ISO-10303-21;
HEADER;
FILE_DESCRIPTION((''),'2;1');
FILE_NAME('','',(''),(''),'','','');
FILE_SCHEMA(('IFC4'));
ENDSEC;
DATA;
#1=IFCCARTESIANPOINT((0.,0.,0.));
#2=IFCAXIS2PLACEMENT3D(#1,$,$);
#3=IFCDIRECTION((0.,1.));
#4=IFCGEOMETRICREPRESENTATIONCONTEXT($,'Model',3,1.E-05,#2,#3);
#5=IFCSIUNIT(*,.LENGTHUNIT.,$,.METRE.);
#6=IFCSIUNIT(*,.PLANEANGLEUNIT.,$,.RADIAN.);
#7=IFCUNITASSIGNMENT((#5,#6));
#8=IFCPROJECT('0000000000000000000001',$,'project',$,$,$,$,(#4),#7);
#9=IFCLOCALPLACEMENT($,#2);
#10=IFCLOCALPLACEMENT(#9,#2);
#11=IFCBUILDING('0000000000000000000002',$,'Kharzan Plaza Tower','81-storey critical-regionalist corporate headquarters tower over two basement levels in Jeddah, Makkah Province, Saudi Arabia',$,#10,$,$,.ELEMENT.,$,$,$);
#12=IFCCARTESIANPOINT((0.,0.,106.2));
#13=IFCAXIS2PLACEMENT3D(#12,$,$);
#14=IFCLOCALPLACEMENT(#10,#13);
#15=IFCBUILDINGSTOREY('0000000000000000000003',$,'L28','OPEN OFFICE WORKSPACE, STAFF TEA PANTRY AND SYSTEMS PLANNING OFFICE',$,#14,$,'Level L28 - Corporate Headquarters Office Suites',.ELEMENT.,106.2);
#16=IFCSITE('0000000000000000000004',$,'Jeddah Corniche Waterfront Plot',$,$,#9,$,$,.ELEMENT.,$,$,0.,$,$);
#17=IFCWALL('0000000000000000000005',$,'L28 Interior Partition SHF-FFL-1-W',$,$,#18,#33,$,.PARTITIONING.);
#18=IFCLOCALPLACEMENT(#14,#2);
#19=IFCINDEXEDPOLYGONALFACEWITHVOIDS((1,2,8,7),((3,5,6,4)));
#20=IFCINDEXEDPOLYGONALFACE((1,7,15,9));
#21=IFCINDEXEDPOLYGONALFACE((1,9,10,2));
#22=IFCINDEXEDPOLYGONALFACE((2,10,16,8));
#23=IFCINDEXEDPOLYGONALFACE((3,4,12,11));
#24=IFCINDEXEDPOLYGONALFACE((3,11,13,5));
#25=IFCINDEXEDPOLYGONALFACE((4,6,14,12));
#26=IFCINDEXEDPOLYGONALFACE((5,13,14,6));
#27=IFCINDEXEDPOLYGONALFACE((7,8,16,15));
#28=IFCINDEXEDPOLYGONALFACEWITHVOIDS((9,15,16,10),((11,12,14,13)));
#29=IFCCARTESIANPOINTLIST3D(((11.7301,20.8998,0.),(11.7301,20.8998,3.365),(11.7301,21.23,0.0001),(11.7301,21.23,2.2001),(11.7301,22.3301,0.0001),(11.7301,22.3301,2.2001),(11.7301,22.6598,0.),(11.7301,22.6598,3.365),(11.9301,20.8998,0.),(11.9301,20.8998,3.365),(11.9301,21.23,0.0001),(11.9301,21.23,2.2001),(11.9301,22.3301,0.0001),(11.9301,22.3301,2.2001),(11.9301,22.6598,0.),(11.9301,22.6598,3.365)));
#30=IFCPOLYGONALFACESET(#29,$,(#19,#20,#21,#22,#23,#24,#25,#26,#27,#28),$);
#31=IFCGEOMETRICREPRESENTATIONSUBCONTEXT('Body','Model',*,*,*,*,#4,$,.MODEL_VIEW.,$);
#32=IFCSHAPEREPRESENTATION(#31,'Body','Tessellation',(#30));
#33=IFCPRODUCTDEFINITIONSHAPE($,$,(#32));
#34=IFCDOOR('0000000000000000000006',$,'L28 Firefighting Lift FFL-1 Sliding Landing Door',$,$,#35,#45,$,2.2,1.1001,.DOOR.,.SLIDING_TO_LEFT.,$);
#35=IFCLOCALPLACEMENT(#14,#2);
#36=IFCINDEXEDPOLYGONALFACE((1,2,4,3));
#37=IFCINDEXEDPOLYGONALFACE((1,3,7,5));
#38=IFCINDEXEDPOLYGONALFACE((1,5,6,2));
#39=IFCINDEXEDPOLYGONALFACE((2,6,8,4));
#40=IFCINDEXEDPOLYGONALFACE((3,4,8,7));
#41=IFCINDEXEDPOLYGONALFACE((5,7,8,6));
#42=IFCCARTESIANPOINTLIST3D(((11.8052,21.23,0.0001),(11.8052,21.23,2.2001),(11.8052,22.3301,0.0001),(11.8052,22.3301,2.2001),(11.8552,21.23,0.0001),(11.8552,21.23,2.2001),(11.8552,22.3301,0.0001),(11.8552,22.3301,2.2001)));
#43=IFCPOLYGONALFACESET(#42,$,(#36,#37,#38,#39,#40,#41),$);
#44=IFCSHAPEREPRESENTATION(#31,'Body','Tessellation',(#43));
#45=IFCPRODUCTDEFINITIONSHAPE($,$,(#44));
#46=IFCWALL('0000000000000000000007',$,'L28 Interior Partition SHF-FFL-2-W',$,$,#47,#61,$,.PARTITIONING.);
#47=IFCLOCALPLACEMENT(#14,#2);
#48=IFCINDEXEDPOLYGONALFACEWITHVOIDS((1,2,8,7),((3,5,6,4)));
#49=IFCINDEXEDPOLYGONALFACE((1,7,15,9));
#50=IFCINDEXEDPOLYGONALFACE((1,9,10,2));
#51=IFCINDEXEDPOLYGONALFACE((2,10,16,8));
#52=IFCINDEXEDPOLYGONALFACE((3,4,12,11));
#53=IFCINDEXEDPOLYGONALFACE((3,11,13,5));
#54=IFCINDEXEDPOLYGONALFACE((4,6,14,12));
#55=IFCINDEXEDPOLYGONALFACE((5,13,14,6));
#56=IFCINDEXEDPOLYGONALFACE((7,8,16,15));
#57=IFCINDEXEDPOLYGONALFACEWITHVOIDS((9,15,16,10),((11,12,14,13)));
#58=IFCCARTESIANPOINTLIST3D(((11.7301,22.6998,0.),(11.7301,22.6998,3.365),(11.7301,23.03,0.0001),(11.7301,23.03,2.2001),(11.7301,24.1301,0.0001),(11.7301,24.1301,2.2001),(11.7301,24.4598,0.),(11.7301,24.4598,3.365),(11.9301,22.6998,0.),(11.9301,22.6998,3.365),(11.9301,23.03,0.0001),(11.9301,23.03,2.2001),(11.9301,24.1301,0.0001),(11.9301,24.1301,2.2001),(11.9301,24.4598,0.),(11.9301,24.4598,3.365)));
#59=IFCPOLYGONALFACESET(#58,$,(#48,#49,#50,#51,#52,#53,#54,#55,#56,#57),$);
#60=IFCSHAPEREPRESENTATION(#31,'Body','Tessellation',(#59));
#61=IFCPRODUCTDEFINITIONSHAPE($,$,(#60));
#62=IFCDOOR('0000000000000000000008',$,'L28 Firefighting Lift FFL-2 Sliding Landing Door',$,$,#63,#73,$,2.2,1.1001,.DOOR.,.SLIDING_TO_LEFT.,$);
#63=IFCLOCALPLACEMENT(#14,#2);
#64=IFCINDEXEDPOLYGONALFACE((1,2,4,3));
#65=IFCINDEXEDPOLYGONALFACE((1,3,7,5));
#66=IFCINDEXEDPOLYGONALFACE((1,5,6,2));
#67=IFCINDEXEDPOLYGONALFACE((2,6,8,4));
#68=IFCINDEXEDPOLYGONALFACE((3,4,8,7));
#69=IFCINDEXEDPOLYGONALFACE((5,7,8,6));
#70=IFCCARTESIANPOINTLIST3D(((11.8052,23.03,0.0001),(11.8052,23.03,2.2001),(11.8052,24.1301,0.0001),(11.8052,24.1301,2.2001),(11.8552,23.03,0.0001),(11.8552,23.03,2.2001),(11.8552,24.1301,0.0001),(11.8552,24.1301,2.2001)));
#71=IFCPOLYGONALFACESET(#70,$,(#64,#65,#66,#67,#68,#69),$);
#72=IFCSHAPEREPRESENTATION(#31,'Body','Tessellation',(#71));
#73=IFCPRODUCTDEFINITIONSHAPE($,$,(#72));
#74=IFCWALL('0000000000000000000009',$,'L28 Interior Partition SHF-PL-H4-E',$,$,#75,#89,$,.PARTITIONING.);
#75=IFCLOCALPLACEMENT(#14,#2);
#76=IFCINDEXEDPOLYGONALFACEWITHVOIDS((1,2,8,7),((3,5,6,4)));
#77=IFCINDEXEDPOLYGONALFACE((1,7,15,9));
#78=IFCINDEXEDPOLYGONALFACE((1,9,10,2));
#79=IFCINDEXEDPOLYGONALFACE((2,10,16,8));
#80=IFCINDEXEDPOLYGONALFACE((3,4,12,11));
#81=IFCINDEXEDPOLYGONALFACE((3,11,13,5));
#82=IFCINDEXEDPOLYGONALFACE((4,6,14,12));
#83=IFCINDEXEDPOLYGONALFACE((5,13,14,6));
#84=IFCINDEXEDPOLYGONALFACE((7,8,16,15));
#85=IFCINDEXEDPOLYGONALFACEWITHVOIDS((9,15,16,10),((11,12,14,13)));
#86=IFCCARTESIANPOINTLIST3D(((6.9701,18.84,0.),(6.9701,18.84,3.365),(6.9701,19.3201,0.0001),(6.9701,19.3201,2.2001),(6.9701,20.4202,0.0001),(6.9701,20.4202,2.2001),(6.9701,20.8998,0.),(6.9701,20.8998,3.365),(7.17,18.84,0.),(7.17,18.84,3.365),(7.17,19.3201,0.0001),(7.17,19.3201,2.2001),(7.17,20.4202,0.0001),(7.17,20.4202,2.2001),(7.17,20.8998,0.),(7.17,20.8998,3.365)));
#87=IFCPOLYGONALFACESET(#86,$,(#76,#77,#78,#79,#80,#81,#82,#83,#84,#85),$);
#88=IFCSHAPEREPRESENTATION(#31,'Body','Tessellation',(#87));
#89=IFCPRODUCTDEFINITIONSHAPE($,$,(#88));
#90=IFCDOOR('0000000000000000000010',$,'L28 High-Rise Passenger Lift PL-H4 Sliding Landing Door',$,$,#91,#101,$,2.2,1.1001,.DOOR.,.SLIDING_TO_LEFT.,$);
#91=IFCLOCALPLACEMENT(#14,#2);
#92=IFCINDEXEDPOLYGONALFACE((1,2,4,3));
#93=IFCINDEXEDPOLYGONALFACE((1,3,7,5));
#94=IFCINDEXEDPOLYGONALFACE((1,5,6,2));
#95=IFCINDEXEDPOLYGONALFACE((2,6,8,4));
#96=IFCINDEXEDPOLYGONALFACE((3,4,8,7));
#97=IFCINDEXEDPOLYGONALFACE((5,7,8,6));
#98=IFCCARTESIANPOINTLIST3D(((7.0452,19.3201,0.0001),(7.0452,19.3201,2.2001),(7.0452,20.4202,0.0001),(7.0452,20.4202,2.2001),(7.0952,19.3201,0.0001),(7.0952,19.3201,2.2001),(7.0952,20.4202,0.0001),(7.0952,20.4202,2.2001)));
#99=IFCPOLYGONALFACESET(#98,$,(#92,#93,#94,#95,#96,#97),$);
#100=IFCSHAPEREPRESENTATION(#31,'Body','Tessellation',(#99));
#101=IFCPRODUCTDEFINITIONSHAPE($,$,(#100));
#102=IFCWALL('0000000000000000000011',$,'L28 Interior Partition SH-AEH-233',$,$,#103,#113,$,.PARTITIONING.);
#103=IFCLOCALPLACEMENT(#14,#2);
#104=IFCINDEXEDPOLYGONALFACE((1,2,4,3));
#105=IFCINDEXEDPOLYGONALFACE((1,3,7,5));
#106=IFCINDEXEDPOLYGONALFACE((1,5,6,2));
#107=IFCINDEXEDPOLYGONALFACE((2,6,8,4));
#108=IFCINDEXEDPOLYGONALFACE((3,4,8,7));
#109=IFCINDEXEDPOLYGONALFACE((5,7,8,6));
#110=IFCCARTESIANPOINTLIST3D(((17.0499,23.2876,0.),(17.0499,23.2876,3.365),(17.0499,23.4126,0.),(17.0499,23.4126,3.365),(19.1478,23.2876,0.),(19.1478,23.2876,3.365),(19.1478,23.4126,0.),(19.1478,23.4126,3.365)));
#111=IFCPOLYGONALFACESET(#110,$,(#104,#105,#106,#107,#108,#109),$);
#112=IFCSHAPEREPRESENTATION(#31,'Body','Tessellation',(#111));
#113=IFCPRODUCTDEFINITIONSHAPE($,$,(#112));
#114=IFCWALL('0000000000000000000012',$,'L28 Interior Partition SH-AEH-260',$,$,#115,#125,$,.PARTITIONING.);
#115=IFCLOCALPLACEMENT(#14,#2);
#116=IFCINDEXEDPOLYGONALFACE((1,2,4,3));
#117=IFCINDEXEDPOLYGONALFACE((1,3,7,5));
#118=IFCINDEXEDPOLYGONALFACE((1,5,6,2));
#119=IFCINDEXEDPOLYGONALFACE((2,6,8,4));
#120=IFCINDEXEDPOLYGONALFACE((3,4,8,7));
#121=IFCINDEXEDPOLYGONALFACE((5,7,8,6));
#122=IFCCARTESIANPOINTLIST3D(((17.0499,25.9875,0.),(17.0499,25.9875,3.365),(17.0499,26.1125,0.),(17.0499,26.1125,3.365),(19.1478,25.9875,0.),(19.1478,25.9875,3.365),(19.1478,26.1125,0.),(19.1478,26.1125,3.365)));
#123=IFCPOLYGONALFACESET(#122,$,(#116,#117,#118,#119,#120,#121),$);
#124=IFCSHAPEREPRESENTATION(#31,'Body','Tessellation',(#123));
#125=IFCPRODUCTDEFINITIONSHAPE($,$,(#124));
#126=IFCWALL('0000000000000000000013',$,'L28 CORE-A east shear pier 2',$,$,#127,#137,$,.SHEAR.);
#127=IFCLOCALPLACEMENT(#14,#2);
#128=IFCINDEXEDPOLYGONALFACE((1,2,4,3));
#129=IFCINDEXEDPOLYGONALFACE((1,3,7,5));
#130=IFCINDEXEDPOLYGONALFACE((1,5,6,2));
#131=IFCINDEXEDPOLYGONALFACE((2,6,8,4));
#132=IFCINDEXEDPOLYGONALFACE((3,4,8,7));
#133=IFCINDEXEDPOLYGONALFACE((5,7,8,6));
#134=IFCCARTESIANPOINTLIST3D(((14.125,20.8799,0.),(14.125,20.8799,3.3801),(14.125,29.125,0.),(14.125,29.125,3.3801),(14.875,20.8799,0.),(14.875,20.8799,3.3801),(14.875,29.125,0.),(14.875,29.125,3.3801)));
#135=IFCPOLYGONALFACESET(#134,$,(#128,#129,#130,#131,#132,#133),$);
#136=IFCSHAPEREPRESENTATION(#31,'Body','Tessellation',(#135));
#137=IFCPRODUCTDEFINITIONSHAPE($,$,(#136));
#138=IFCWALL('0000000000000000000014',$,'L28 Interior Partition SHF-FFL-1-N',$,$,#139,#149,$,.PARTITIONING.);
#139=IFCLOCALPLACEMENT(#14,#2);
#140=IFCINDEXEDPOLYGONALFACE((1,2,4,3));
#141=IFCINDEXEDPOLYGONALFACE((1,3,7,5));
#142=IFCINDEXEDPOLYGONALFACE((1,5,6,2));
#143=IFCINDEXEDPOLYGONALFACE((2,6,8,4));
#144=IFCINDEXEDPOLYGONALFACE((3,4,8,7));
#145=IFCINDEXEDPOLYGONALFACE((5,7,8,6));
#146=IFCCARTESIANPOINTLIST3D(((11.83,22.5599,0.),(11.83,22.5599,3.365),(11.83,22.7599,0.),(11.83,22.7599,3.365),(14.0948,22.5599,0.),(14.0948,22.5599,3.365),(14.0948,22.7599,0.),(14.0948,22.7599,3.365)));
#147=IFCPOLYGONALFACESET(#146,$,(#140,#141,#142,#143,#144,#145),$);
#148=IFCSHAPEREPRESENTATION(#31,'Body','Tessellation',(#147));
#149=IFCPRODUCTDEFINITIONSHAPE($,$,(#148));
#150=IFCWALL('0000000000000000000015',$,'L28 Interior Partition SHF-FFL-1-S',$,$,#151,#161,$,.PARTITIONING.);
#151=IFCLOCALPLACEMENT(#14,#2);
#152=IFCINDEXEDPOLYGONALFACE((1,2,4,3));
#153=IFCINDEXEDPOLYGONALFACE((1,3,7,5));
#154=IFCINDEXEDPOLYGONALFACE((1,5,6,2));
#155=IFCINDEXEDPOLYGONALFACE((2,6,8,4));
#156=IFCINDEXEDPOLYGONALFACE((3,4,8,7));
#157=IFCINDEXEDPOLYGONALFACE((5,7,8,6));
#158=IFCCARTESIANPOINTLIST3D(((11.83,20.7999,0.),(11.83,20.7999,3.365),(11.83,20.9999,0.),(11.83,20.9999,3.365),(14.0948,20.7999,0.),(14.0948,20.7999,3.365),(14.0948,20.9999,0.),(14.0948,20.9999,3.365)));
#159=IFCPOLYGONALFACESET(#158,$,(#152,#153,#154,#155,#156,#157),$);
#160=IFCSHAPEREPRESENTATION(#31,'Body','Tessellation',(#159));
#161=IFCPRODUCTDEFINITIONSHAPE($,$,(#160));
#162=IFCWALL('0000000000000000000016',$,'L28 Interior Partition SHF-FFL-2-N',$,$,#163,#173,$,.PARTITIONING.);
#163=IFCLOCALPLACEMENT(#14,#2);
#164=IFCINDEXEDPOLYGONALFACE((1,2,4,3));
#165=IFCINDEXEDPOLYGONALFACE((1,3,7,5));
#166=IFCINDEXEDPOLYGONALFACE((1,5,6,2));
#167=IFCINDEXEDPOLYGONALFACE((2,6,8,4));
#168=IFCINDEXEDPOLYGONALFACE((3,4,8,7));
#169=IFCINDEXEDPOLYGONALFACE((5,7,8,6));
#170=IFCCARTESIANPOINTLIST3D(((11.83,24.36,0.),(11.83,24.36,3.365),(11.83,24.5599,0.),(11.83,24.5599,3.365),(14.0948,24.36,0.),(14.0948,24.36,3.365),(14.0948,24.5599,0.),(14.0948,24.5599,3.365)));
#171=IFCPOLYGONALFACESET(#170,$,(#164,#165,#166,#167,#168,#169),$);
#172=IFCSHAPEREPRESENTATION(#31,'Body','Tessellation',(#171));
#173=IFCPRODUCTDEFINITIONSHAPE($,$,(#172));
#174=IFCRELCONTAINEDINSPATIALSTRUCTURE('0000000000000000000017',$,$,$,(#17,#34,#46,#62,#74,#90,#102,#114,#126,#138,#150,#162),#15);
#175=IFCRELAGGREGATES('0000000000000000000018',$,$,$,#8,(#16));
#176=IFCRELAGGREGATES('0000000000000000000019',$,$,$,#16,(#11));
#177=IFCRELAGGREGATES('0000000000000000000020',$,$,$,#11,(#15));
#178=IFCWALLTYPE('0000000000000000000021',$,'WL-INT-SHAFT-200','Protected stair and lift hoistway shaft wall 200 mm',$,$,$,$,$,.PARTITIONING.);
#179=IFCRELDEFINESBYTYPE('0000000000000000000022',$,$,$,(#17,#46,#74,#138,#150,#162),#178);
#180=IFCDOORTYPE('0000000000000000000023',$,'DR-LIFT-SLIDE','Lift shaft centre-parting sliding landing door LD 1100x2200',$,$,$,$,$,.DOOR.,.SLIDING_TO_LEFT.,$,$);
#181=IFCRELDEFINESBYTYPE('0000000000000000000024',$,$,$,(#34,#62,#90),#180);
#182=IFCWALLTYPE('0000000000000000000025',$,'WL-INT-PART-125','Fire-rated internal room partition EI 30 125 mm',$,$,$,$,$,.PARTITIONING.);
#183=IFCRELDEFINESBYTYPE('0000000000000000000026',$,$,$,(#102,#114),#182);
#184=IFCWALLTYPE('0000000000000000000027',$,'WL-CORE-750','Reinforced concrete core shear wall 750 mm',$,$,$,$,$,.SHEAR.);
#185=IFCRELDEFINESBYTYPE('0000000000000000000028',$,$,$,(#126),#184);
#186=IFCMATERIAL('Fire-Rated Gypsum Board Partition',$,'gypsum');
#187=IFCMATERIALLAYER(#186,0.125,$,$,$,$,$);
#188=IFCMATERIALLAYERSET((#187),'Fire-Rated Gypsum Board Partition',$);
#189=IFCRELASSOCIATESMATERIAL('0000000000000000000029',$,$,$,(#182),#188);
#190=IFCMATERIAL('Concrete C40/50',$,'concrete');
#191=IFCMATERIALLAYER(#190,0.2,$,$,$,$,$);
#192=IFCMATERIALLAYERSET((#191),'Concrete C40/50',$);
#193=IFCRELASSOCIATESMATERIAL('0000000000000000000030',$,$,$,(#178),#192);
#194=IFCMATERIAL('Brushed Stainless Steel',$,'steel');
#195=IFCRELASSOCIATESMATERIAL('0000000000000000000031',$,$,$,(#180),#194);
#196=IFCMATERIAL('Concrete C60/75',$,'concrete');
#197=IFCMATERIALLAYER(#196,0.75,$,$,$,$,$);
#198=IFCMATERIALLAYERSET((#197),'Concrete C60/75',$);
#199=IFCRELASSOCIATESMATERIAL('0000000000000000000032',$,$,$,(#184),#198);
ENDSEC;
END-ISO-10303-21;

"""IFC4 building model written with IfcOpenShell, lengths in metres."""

from ifc_helpers import new_model, si_unit, direction, frame, frame_2d, origin, place, context, subcontext, project, spatial, rectangle, extrude, source, transform, mapped, material, layer, layer_set, type_object, element, fill, save


model = new_model("IFC4")

# Units and contexts
model_context = context("Model", 3, precision=1e-05, world=origin(), true_north=direction((0.0, 1.0)))
body_context = subcontext(model_context, "Body", "Model", "MODEL_VIEW")
ifc_project = project(units=[si_unit("LENGTHUNIT", "METRE"), si_unit("PLANEANGLEUNIT", "RADIAN")], contexts=[model_context])

# Site, building, storey
site_placement = place(None, origin())
site = spatial("IfcSite", under=ifc_project, at=site_placement, Name="Jeddah Corniche Waterfront Plot", CompositionType="ELEMENT", RefElevation=0.0)
building_placement = place(site_placement, origin())
building = spatial("IfcBuilding", under=site, at=building_placement, Name="Kharzan Plaza Tower", Description="81-storey critical-regionalist corporate headquarters tower over two basement levels in Jeddah, Makkah Province, Saudi Arabia", CompositionType="ELEMENT")
storey_placement = place(building_placement, frame((0.0, 0.0, 106.2)))
storey = spatial("IfcBuildingStorey", under=building, at=storey_placement, Name="L28", Description="OPEN OFFICE WORKSPACE, STAFF TEA PANTRY AND SYSTEMS PLANNING OFFICE", LongName="Level L28 - Corporate Headquarters Office Suites", CompositionType="ELEMENT", Elevation=106.2)

# Walls, openings, doors
ifc_material_1 = material(Name="Concrete C40/50", Category="concrete")
ifc_material_2 = material(Name="Fire-Rated Gypsum Board Partition", Category="gypsum")
ifc_layer_1 = layer(ifc_material_2, 0.125)
ifc_layer_set_1 = layer_set([ifc_layer_1], Name="Fire-Rated Gypsum Board Partition")
wall_type_1 = type_object("IfcWallType", Name="WL-INT-PART-125", Description="Fire-rated internal room partition EI 30 125 mm", PredefinedType="PARTITIONING", material=ifc_layer_set_1)
ifc_layer_2 = layer(ifc_material_1, 0.2)
ifc_layer_set_2 = layer_set([ifc_layer_2], Name="Concrete C40/50")
wall_type_2 = type_object("IfcWallType", Name="WL-INT-SHAFT-200", Description="Protected stair and lift hoistway shaft wall 200 mm", PredefinedType="PARTITIONING", material=ifc_layer_set_2)
wall_1_placement = place(storey_placement, frame((11.8301, 20.8999, 0.0), z_axis=(0.0, 0.0, 1.0), x_axis=(0.0, 1.0, 0.0)))
wall_1 = element("IfcWall", 1, at=wall_1_placement, inside=storey, type_object=wall_type_2, Name="L28 Interior Partition SHF-FFL-1-W", PredefinedType="PARTITIONING", context=body_context, shape_type="SweptSolid", body=[
    extrude(rectangle(XDim=1.76, YDim=0.2, at=frame_2d((0.8799, 0.0))), origin(), (0.0, 0.0, 1.0), 3.365),
])
opening_1_placement = place(wall_1_placement, frame((0.3301, 0.0, 0.0)))
opening_1 = element("IfcOpeningElement", 2, at=opening_1_placement, cuts=wall_1, PredefinedType="OPENING", context=body_context, shape_type="SweptSolid", body=[
    extrude(rectangle(XDim=1.1001, YDim=2.2, at=frame_2d((0.55, 1.1001))), frame((0.0, 0.1099, 0.0), z_axis=(0.0, -1.0, 0.0), x_axis=(1.0, 0.0, 0.0)), (0.0, 0.0, 1.0), 0.22),
])
ifc_material_3 = material(Name="Brushed Stainless Steel", Category="steel")
door_type_1 = type_object("IfcDoorType", Name="DR-LIFT-SLIDE", Description="Lift shaft centre-parting sliding landing door LD 1100x2200", OperationType="SLIDING_TO_LEFT", PredefinedType="DOOR", material=ifc_material_3)
shared_shape_1 = source(origin(), body_context, "Body", "SweptSolid", [
    extrude(rectangle(XDim=1.1001, YDim=2.2, at=frame_2d((0.55, 1.1001))), frame((0.0, 0.0249, 0.0), z_axis=(0.0, -1.0, 0.0), x_axis=(1.0, 0.0, 0.0)), (0.0, 0.0, 1.0), 0.05),
])
door_1_placement = place(opening_1_placement, origin())
door_1 = element("IfcDoor", 3, at=door_1_placement, inside=storey, type_object=door_type_1, Name="L28 Firefighting Lift FFL-1 Sliding Landing Door", OperationType="SLIDING_TO_LEFT", OverallHeight=2.2, OverallWidth=1.1001, PredefinedType="DOOR", context=body_context, shape_type="MappedRepresentation", body=[
    mapped(shared_shape_1, transform((0.0, 0.0, 0.0), x_axis=(1.0, 0.0, 0.0), y_axis=(0.0, 1.0, 0.0), z_axis=(0.0, 0.0, 1.0))),
])
fill(opening_1, door_1)
wall_2_placement = place(storey_placement, frame((11.8301, 22.7, 0.0), z_axis=(0.0, 0.0, 1.0), x_axis=(0.0, 1.0, 0.0)))
wall_2 = element("IfcWall", 4, at=wall_2_placement, inside=storey, type_object=wall_type_2, Name="L28 Interior Partition SHF-FFL-2-W", PredefinedType="PARTITIONING", context=body_context, shape_type="SweptSolid", body=[
    extrude(rectangle(XDim=1.76, YDim=0.2, at=frame_2d((0.8799, 0.0))), origin(), (0.0, 0.0, 1.0), 3.365),
])
opening_2_placement = place(wall_2_placement, frame((0.3301, 0.0, 0.0)))
opening_2 = element("IfcOpeningElement", 5, at=opening_2_placement, cuts=wall_2, PredefinedType="OPENING", context=body_context, shape_type="SweptSolid", body=[
    extrude(rectangle(XDim=1.1001, YDim=2.2, at=frame_2d((0.55, 1.1001))), frame((0.0, 0.1099, 0.0), z_axis=(0.0, -1.0, 0.0), x_axis=(1.0, 0.0, 0.0)), (0.0, 0.0, 1.0), 0.22),
])
door_2_placement = place(opening_2_placement, origin())
door_2 = element("IfcDoor", 6, at=door_2_placement, inside=storey, type_object=door_type_1, Name="L28 Firefighting Lift FFL-2 Sliding Landing Door", OperationType="SLIDING_TO_LEFT", OverallHeight=2.2, OverallWidth=1.1001, PredefinedType="DOOR", context=body_context, shape_type="MappedRepresentation", body=[
    mapped(shared_shape_1, transform((0.0, 0.0, 0.0), x_axis=(1.0, 0.0, 0.0), y_axis=(0.0, 1.0, 0.0), z_axis=(0.0, 0.0, 1.0))),
])
fill(opening_2, door_2)
wall_3_placement = place(storey_placement, frame((7.0701, 18.8401, 0.0), z_axis=(0.0, 0.0, 1.0), x_axis=(0.0, 1.0, 0.0)))
wall_3 = element("IfcWall", 7, at=wall_3_placement, inside=storey, type_object=wall_type_2, Name="L28 Interior Partition SHF-PL-H4-E", PredefinedType="PARTITIONING", context=body_context, shape_type="SweptSolid", body=[
    extrude(rectangle(XDim=2.0598, YDim=0.2, at=frame_2d((1.0298, 0.0))), origin(), (0.0, 0.0, 1.0), 3.365),
])
opening_3_placement = place(wall_3_placement, frame((0.48, 0.0, 0.0)))
opening_3 = element("IfcOpeningElement", 8, at=opening_3_placement, cuts=wall_3, PredefinedType="OPENING", context=body_context, shape_type="SweptSolid", body=[
    extrude(rectangle(XDim=1.1001, YDim=2.2, at=frame_2d((0.55, 1.1001))), frame((0.0, 0.1099, 0.0), z_axis=(0.0, -1.0, 0.0), x_axis=(1.0, 0.0, 0.0)), (0.0, 0.0, 1.0), 0.22),
])
door_3_placement = place(opening_3_placement, origin())
door_3 = element("IfcDoor", 9, at=door_3_placement, inside=storey, type_object=door_type_1, Name="L28 High-Rise Passenger Lift PL-H4 Sliding Landing Door", OperationType="SLIDING_TO_LEFT", OverallHeight=2.2, OverallWidth=1.1001, PredefinedType="DOOR", context=body_context, shape_type="MappedRepresentation", body=[
    mapped(shared_shape_1, transform((0.0, 0.0, 0.0), x_axis=(1.0, 0.0, 0.0), y_axis=(0.0, 1.0, 0.0), z_axis=(0.0, 0.0, 1.0))),
])
fill(opening_3, door_3)

# Walls
shared_shape_2 = source(origin(), body_context, "Body", "SweptSolid", [
    extrude(rectangle(XDim=2.0979, YDim=0.125, at=frame_2d((1.0488, 0.0))), origin(), (0.0, 0.0, 1.0), 3.365),
])
for number, where, z_axis, x_axis, name in (
    (10, (17.05, 23.3501, 0.0), (0.0, 0.0, 1.0), (1.0, 0.0, 0.0), "L28 Interior Partition SH-AEH-233"),
    (11, (17.05, 26.05, 0.0), (0.0, 0.0, 1.0), (1.0, 0.0, 0.0), "L28 Interior Partition SH-AEH-260"),
):
    element("IfcWall", number, at=place(storey_placement, frame(where, z_axis=z_axis, x_axis=x_axis)), inside=storey, type_object=wall_type_1, Name=name, PredefinedType="PARTITIONING", context=body_context, shape_type="MappedRepresentation", body=[
        mapped(shared_shape_2, transform((0.0, 0.0, 0.0), x_axis=(1.0, 0.0, 0.0), y_axis=(0.0, 1.0, 0.0), z_axis=(0.0, 0.0, 1.0))),
    ])
ifc_material_4 = material(Name="Concrete C60/75", Category="concrete")
ifc_layer_3 = layer(ifc_material_4, 0.75)
ifc_layer_set_3 = layer_set([ifc_layer_3], Name="Concrete C60/75")
wall_type_3 = type_object("IfcWallType", Name="WL-CORE-750", Description="Reinforced concrete core shear wall 750 mm", PredefinedType="SHEAR", material=ifc_layer_set_3)
shared_shape_3 = source(origin(), body_context, "Body", "SweptSolid", [
    extrude(rectangle(XDim=8.2451, YDim=0.75, at=frame_2d((4.1226, 0.0))), origin(), (0.0, 0.0, 1.0), 3.3801),
])
wall_4_placement = place(storey_placement, frame((14.5, 20.8799, 0.0), z_axis=(0.0, 0.0, 1.0), x_axis=(0.0, 1.0, 0.0)))
element("IfcWall", 12, at=wall_4_placement, inside=storey, type_object=wall_type_3, Name="L28 CORE-A east shear pier 2", PredefinedType="SHEAR", context=body_context, shape_type="MappedRepresentation", body=[
    mapped(shared_shape_3, transform((0.0, 0.0, 0.0), x_axis=(1.0, 0.0, 0.0), y_axis=(0.0, 1.0, 0.0), z_axis=(0.0, 0.0, 1.0))),
])
shared_shape_4 = source(origin(), body_context, "Body", "SweptSolid", [
    extrude(rectangle(XDim=2.2649, YDim=0.2, at=frame_2d((1.1323, 0.0))), origin(), (0.0, 0.0, 1.0), 3.365),
])
for number, where, z_axis, x_axis, name in (
    (13, (11.8301, 22.6599, 0.0), (0.0, 0.0, 1.0), (1.0, 0.0, 0.0), "L28 Interior Partition SHF-FFL-1-N"),
    (14, (11.8301, 20.8999, 0.0), (0.0, 0.0, 1.0), (1.0, 0.0, 0.0), "L28 Interior Partition SHF-FFL-1-S"),
    (15, (11.8301, 24.46, 0.0), (0.0, 0.0, 1.0), (1.0, 0.0, 0.0), "L28 Interior Partition SHF-FFL-2-N"),
):
    element("IfcWall", number, at=place(storey_placement, frame(where, z_axis=z_axis, x_axis=x_axis)), inside=storey, type_object=wall_type_2, Name=name, PredefinedType="PARTITIONING", context=body_context, shape_type="MappedRepresentation", body=[
        mapped(shared_shape_4, transform((0.0, 0.0, 0.0), x_axis=(1.0, 0.0, 0.0), y_axis=(0.0, 1.0, 0.0), z_axis=(0.0, 0.0, 1.0))),
    ])

save(model, "model.ifc")
